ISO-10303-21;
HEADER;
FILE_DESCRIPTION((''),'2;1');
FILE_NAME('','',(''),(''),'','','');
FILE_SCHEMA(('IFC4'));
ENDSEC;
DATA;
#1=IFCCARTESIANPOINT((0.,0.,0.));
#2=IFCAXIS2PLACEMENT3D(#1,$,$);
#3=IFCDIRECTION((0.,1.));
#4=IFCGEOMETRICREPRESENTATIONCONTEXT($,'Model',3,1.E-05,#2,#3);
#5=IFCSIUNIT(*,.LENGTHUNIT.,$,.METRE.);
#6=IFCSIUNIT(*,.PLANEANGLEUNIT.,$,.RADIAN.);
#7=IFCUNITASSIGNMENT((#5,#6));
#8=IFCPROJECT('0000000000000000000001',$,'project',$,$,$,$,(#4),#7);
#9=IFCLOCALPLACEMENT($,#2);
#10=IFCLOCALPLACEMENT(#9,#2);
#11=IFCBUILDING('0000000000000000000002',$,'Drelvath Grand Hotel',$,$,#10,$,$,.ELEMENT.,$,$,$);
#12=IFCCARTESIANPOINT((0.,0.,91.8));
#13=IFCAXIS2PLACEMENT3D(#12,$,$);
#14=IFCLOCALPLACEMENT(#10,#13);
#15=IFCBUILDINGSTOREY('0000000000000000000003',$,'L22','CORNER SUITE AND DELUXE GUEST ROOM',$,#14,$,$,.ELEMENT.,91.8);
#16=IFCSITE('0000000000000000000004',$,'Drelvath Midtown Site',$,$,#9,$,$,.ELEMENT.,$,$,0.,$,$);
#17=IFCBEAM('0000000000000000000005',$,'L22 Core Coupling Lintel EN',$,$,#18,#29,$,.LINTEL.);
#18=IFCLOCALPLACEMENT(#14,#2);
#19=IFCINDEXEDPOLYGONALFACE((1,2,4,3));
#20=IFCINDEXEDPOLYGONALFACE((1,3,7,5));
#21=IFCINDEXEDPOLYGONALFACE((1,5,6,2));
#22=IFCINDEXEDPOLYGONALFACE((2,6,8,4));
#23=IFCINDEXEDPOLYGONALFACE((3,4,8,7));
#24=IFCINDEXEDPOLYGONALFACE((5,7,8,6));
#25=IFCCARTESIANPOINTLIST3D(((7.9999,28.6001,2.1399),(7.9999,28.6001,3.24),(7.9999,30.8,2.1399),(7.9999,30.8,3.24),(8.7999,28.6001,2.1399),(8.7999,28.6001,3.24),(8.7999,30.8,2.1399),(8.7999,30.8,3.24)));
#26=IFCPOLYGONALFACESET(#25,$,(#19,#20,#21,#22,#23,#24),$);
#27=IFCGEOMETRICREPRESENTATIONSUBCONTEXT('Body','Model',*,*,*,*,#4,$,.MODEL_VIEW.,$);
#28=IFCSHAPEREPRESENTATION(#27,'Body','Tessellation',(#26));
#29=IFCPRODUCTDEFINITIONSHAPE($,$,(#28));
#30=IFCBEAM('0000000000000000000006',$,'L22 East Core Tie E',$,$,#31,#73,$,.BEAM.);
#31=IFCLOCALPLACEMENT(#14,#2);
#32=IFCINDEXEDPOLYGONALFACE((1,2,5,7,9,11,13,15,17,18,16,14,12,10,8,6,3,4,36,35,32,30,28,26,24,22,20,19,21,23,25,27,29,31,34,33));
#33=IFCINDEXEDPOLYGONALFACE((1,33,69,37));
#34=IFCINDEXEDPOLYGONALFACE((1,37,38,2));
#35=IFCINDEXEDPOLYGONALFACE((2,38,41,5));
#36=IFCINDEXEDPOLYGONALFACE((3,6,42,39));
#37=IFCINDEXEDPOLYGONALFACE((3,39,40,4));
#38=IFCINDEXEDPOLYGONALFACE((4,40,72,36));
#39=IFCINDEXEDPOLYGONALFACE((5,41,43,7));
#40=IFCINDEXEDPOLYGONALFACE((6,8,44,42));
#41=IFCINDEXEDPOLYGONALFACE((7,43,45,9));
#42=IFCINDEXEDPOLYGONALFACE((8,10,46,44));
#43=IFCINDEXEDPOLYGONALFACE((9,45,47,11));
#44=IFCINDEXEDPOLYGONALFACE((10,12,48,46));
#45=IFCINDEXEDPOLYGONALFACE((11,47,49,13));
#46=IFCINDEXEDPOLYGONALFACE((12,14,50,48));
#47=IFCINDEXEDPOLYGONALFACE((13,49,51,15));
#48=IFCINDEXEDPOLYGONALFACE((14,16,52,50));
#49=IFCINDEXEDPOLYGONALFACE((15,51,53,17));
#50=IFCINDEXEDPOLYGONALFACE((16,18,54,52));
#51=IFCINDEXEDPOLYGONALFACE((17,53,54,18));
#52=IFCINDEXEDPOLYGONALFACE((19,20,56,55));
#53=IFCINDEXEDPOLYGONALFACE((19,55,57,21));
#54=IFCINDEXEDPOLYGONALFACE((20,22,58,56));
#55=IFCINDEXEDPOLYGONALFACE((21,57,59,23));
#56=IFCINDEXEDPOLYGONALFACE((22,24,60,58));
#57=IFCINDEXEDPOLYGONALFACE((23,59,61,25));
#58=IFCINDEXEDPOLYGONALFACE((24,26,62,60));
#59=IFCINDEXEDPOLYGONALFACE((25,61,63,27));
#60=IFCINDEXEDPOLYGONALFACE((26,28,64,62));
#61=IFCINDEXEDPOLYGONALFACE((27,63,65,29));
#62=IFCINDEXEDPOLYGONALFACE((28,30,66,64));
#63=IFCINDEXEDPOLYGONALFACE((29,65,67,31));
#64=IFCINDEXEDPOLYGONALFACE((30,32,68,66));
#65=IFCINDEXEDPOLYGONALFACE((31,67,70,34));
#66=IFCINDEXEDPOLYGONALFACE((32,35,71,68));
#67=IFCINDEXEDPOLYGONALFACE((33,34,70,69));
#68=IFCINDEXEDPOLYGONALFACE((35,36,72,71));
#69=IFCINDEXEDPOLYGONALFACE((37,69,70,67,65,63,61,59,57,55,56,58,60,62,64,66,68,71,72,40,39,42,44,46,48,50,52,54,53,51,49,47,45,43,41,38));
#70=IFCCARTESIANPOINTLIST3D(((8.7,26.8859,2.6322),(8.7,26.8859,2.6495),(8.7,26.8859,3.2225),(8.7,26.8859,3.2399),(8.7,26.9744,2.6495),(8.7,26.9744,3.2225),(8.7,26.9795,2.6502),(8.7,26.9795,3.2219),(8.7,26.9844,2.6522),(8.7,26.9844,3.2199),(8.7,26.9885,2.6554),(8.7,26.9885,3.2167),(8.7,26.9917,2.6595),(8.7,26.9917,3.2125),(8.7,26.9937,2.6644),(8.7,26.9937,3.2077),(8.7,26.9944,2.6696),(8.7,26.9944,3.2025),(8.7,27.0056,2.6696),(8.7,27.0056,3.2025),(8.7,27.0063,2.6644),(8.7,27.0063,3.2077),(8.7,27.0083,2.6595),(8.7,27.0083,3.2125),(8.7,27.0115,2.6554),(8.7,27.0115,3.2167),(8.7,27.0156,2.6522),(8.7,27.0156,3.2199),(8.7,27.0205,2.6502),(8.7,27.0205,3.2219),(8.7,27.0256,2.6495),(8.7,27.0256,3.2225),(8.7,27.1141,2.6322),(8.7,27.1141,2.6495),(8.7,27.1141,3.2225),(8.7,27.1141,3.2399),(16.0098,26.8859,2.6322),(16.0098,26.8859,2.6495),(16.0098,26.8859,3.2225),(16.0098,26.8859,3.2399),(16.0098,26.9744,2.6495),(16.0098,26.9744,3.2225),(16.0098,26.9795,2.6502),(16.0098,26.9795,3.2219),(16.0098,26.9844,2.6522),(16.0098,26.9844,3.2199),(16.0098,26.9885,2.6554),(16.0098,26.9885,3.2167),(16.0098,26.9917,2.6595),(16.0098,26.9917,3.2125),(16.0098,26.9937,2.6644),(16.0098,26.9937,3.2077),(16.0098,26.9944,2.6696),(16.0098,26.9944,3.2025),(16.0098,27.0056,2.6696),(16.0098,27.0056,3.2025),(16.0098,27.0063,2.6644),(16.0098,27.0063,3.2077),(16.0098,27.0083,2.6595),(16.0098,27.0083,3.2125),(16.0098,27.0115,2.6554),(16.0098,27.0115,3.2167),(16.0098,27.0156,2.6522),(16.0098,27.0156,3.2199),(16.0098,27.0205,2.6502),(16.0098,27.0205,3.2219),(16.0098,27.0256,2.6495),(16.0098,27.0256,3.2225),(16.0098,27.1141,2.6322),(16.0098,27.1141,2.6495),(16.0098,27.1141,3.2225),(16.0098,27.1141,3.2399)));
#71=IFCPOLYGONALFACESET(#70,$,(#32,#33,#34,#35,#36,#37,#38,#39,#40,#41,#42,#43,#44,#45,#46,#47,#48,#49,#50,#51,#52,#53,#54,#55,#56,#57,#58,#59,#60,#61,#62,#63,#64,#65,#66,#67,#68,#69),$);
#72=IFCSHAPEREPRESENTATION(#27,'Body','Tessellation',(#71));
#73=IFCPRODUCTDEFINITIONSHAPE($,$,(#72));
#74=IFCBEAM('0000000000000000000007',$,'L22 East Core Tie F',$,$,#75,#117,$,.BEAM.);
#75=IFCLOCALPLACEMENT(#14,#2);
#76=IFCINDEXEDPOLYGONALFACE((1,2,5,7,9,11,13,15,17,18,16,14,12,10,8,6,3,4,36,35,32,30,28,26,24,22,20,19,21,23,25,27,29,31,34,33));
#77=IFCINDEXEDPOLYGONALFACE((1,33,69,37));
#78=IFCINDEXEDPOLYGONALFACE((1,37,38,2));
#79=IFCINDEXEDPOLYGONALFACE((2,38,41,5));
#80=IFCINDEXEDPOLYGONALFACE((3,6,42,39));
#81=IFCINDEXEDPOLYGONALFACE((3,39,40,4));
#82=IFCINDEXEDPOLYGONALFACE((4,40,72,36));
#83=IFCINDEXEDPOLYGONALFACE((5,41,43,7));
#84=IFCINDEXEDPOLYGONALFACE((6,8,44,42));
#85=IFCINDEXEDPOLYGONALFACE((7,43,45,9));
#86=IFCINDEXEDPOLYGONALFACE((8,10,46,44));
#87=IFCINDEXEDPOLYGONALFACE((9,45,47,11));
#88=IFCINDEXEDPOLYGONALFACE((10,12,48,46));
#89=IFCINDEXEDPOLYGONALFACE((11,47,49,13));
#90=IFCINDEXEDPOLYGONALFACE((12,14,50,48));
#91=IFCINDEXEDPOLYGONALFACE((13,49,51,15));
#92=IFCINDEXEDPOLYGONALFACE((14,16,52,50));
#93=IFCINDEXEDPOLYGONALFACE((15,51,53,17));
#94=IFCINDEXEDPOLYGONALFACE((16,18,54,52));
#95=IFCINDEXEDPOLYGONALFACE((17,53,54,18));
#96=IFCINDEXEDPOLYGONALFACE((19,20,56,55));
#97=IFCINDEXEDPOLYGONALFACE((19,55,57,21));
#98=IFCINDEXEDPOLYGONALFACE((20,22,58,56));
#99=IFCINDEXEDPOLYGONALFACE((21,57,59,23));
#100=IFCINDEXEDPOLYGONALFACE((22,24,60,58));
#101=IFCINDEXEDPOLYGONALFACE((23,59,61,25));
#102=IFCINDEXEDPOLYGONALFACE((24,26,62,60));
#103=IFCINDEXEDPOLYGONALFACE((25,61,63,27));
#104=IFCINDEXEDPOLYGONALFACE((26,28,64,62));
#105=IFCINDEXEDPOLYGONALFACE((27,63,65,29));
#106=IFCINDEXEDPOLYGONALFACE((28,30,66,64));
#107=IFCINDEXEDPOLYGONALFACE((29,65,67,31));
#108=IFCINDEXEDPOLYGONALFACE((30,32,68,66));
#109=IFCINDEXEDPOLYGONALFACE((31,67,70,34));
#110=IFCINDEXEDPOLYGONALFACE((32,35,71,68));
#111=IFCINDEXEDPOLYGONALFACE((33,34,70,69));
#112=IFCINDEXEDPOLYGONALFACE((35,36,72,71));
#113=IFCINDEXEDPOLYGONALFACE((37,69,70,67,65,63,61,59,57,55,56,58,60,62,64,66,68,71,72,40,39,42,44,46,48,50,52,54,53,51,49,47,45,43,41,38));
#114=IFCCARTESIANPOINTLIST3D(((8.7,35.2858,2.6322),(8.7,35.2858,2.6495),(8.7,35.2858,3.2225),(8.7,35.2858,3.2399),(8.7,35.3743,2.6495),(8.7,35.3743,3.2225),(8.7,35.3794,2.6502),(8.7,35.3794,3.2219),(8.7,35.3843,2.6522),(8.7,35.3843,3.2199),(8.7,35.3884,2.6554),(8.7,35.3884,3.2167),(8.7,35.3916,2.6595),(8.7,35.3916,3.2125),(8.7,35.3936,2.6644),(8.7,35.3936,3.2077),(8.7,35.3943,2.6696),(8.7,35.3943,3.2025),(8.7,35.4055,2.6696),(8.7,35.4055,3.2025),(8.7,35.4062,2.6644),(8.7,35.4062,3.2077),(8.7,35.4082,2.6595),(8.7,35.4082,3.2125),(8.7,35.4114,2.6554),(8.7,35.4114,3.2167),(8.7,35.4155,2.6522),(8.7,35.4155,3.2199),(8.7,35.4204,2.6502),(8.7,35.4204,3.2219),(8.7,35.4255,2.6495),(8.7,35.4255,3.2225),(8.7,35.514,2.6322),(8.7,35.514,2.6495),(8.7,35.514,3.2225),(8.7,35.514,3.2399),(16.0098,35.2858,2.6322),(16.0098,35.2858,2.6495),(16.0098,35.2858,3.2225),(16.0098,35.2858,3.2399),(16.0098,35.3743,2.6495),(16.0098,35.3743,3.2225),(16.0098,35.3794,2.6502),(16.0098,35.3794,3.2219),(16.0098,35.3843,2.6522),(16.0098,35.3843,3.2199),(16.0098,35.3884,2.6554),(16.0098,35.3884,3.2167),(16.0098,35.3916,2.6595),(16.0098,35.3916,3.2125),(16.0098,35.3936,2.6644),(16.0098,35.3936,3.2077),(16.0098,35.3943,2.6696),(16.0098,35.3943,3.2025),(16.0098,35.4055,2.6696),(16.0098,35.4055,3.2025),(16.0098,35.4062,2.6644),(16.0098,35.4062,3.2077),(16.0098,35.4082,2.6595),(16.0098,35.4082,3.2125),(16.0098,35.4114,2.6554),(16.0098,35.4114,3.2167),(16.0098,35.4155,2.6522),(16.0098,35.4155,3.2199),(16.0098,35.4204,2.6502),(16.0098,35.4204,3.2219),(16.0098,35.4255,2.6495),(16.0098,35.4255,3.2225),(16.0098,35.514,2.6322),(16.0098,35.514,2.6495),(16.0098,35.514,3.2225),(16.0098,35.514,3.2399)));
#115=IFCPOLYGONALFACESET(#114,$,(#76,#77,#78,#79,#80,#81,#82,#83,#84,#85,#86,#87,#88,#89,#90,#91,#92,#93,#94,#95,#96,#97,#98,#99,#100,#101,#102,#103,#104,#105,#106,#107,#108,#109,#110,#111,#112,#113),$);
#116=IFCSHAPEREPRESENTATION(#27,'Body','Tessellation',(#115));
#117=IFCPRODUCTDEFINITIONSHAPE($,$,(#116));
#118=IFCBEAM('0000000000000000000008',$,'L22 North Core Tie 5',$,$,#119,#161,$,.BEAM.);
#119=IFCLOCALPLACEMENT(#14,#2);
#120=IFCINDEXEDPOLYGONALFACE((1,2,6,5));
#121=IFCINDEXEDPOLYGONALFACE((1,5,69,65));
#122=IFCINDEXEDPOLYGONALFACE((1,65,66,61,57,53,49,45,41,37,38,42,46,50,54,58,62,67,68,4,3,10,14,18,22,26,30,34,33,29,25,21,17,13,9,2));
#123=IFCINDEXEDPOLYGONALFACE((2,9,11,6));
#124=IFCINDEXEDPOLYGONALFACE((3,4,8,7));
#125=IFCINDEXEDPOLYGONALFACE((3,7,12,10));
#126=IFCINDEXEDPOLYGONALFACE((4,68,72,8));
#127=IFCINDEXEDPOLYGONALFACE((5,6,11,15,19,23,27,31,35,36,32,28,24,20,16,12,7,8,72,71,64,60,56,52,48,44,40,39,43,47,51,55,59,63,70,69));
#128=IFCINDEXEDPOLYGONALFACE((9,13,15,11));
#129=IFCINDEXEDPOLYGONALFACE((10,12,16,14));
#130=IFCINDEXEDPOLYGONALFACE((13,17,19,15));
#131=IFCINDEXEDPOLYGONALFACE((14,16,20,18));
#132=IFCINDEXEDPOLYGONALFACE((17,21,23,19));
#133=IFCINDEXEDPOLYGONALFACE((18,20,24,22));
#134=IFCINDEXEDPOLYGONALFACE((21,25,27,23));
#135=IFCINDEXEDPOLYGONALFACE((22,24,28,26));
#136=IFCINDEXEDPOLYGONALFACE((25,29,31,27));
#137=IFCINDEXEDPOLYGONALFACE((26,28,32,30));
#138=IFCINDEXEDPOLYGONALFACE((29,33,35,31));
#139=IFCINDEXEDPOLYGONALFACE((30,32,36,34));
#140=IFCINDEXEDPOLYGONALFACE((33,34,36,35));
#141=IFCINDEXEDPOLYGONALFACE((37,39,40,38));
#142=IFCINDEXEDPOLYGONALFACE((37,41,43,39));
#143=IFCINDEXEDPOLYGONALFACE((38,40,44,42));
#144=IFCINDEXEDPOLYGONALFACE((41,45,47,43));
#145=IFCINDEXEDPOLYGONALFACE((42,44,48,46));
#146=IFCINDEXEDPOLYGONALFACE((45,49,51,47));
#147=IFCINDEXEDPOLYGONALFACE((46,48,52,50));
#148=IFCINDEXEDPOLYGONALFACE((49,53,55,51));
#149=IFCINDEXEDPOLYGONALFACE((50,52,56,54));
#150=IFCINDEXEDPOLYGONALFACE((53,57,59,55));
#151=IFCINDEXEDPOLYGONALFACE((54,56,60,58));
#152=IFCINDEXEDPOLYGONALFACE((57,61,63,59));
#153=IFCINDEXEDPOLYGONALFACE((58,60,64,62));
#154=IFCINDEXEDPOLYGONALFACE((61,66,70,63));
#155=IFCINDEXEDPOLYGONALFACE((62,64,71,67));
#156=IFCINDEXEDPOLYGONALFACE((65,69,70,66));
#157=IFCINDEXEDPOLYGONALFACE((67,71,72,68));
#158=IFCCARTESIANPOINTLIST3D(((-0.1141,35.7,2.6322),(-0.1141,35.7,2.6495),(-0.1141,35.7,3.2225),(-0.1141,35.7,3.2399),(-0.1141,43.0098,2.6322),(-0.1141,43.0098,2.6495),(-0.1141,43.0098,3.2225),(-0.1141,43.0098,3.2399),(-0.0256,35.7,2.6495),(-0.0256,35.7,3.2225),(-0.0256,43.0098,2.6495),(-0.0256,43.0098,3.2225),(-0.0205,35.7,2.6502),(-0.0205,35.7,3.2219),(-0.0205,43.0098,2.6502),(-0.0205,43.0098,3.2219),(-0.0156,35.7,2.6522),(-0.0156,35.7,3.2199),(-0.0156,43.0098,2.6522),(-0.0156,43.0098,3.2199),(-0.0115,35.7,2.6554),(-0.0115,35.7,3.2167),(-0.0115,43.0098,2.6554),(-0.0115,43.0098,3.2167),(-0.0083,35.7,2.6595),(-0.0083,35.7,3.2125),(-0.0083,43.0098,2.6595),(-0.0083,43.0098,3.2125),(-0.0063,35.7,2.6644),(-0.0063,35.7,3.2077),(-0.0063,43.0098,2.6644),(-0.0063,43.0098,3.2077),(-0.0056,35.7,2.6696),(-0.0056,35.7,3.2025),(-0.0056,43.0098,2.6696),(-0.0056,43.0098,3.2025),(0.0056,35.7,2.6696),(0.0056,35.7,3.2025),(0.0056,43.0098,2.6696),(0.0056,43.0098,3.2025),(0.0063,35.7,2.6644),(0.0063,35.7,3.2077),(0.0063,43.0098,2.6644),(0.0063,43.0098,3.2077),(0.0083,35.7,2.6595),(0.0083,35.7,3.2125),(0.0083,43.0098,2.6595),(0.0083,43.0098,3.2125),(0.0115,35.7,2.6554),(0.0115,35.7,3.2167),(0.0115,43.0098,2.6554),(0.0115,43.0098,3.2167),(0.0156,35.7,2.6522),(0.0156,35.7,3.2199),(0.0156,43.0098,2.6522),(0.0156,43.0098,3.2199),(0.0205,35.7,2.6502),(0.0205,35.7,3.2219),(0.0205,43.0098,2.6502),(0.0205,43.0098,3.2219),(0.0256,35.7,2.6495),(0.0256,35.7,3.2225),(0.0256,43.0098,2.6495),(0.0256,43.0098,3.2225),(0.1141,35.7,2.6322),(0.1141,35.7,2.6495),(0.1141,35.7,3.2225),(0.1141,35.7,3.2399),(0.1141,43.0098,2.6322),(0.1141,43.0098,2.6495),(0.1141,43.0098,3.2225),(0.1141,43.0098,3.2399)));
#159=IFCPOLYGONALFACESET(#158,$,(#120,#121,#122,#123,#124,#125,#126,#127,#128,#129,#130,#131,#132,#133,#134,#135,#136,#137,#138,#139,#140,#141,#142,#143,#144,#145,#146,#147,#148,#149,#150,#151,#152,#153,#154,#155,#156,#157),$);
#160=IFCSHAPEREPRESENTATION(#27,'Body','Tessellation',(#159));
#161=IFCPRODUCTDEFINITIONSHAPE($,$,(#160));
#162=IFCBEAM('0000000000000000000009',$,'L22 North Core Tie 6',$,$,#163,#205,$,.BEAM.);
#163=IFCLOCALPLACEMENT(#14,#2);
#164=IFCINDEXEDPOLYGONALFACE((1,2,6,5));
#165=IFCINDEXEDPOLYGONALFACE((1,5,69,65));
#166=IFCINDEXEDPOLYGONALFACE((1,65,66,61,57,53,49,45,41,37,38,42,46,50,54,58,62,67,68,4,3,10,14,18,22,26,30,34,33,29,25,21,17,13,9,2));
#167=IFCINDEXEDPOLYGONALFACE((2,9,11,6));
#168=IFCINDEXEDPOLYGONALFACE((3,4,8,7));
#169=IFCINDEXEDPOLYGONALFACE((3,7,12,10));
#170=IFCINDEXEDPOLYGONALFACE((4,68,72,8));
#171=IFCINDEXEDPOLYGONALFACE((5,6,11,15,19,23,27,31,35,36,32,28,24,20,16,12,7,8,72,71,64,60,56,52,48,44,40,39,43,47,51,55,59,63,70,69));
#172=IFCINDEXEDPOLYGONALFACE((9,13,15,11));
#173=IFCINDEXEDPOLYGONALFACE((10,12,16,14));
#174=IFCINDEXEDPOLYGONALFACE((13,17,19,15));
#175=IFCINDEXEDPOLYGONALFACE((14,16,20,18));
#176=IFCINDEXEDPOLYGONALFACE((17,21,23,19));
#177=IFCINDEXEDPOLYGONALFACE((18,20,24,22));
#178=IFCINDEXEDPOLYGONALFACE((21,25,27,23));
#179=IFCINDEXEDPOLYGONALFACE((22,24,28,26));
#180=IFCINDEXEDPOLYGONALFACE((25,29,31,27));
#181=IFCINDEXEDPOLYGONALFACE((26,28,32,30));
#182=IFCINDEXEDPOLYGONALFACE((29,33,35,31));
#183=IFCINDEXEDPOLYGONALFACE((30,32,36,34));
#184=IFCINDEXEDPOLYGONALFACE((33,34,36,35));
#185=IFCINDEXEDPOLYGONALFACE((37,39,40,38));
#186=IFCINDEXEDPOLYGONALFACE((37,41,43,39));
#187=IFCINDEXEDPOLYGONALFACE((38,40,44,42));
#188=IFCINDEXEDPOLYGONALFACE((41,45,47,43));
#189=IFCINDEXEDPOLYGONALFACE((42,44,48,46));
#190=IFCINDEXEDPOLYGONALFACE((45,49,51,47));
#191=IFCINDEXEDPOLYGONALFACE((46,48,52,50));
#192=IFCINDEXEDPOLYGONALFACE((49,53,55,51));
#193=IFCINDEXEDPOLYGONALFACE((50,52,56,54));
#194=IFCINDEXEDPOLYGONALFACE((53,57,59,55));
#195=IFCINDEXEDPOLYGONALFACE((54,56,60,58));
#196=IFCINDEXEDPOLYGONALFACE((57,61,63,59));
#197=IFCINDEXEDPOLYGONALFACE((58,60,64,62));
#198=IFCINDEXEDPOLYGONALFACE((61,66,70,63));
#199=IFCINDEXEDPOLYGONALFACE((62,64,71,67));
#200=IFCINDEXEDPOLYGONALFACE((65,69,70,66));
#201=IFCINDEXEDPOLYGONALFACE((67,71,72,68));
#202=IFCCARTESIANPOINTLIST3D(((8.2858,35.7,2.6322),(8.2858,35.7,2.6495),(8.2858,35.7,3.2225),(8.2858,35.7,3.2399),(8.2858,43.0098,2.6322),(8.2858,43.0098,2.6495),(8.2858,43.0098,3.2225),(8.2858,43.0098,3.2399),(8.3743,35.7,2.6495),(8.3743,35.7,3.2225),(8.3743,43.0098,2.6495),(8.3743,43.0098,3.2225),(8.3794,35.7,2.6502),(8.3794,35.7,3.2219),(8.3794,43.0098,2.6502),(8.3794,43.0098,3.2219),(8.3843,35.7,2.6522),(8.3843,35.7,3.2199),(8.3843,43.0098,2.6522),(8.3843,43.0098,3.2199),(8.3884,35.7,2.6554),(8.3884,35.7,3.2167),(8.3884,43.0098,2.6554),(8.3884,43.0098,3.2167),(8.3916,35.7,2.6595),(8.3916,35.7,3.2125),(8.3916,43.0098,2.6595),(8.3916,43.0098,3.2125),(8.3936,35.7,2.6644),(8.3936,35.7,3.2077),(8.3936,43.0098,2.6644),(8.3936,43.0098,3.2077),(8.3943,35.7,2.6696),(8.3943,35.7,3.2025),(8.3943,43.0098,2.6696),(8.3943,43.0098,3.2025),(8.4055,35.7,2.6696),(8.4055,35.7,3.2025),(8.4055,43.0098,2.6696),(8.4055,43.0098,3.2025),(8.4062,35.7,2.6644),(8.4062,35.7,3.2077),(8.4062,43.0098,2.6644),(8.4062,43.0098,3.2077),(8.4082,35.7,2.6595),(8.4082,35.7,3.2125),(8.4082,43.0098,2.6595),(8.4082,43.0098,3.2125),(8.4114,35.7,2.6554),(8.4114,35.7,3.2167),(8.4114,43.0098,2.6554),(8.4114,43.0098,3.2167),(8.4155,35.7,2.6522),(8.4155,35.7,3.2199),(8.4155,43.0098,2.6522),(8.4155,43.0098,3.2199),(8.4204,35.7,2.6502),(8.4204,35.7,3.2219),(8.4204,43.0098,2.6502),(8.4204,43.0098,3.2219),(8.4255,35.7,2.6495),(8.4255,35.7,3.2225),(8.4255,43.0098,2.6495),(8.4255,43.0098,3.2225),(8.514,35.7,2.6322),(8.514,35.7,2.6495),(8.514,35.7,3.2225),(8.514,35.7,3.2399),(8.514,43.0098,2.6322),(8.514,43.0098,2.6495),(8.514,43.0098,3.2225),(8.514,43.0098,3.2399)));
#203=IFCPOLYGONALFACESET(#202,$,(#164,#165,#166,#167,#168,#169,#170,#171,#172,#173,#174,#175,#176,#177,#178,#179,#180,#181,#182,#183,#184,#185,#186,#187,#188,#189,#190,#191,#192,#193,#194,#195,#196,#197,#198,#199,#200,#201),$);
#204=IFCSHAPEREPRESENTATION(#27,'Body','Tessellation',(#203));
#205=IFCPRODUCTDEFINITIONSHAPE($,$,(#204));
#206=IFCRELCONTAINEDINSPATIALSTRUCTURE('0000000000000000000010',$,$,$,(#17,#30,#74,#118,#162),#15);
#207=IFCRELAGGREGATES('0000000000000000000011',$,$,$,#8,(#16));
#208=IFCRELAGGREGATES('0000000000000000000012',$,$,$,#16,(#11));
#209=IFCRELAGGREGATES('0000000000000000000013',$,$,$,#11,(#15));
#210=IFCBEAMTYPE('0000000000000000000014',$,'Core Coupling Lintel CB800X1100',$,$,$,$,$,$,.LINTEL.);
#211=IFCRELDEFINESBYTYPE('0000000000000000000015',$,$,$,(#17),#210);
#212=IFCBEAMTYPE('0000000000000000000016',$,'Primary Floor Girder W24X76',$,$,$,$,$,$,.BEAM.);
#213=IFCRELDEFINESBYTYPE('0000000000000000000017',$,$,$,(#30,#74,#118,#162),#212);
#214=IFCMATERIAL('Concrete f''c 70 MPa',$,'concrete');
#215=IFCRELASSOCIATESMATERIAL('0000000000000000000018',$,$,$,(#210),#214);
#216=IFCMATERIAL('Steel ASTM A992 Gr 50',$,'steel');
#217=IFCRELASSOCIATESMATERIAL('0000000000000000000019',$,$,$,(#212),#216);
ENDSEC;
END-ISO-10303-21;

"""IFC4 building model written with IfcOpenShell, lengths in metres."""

from ifc_helpers import new_model, si_unit, direction, frame, origin, origin_2d, place, context, subcontext, project, spatial, rectangle, i_section, extrude, material, material_profile, profile_set, type_object, element, save


model = new_model("IFC4")

# Units and contexts
model_context = context("Model", 3, precision=1e-05, world=origin(), true_north=direction((0.0, 1.0)))
body_context = subcontext(model_context, "Body", "Model", "MODEL_VIEW")
ifc_project = project(units=[si_unit("LENGTHUNIT", "METRE"), si_unit("PLANEANGLEUNIT", "RADIAN")], contexts=[model_context])

# Site, building, storey
site_placement = place(None, origin())
site = spatial("IfcSite", under=ifc_project, at=site_placement, Name="Drelvath Midtown Site", CompositionType="ELEMENT", RefElevation=0.0)
building_placement = place(site_placement, origin())
building = spatial("IfcBuilding", under=site, at=building_placement, Name="Drelvath Grand Hotel", CompositionType="ELEMENT")
storey_placement = place(building_placement, frame((0.0, 0.0, 91.8)))
storey = spatial("IfcBuildingStorey", under=building, at=storey_placement, Name="L22", Description="CORNER SUITE AND DELUXE GUEST ROOM", CompositionType="ELEMENT", Elevation=91.8)

# Beams
ifc_material_1 = material(Name="Concrete f'c 70 MPa", Category="concrete")
ifc_material_profile_1 = material_profile(ifc_material_1, rectangle(XDim=0.8, YDim=1.1001, at=origin_2d()), Name="CB800X1100")
ifc_profile_set_1 = profile_set([ifc_material_profile_1], Name="Concrete f'c 70 MPa")
beam_type_1 = type_object("IfcBeamType", Name="Core Coupling Lintel CB800X1100", PredefinedType="LINTEL", material=ifc_profile_set_1)
beam_placement = place(storey_placement, frame((8.3999, 28.6001, 2.6899), z_axis=(0.0, 1.0, 0.0), x_axis=(-1.0, 0.0, 0.0)))
element("IfcBeam", 1, at=beam_placement, inside=storey, type_object=beam_type_1, Name="L22 Core Coupling Lintel EN", PredefinedType="LINTEL", context=body_context, shape_type="SweptSolid", body=[
    extrude(rectangle(XDim=0.8, YDim=1.1001, at=origin_2d()), origin(), (0.0, 0.0, 1.0), 2.2),
])
ifc_material_2 = material(Name="Steel ASTM A992 Gr 50", Category="steel")
ifc_material_profile_2 = material_profile(ifc_material_2, i_section(OverallWidth=0.2283, OverallDepth=0.6077, WebThickness=0.0112, FlangeThickness=0.0173, FilletRadius=0.02, at=origin_2d()), Name="W24X76")
ifc_profile_set_2 = profile_set([ifc_material_profile_2], Name="Steel ASTM A992 Gr 50")
beam_type_2 = type_object("IfcBeamType", Name="Primary Floor Girder W24X76", PredefinedType="BEAM", material=ifc_profile_set_2)
for number, where, z_axis, x_axis, name in (
    (2, (8.7, 27.0, 2.936), (1.0, 0.0, 0.0), (0.0, 1.0, 0.0), "L22 East Core Tie E"),
    (3, (8.7, 35.3999, 2.936), (1.0, 0.0, 0.0), (0.0, 1.0, 0.0), "L22 East Core Tie F"),
    (4, (0.0, 35.7, 2.936), (0.0, 1.0, 0.0), (-1.0, 0.0, 0.0), "L22 North Core Tie 5"),
    (5, (8.3999, 35.7, 2.936), (0.0, 1.0, 0.0), (-1.0, 0.0, 0.0), "L22 North Core Tie 6"),
):
    element("IfcBeam", number, at=place(storey_placement, frame(where, z_axis=z_axis, x_axis=x_axis)), inside=storey, type_object=beam_type_2, Name=name, PredefinedType="BEAM", context=body_context, shape_type="SweptSolid", body=[
        extrude(i_section(OverallWidth=0.2283, OverallDepth=0.6077, WebThickness=0.0112, FlangeThickness=0.0173, FilletRadius=0.02, at=origin_2d()), origin(), (0.0, 0.0, 1.0), 7.3098),
    ])

save(model, "model.ifc")
